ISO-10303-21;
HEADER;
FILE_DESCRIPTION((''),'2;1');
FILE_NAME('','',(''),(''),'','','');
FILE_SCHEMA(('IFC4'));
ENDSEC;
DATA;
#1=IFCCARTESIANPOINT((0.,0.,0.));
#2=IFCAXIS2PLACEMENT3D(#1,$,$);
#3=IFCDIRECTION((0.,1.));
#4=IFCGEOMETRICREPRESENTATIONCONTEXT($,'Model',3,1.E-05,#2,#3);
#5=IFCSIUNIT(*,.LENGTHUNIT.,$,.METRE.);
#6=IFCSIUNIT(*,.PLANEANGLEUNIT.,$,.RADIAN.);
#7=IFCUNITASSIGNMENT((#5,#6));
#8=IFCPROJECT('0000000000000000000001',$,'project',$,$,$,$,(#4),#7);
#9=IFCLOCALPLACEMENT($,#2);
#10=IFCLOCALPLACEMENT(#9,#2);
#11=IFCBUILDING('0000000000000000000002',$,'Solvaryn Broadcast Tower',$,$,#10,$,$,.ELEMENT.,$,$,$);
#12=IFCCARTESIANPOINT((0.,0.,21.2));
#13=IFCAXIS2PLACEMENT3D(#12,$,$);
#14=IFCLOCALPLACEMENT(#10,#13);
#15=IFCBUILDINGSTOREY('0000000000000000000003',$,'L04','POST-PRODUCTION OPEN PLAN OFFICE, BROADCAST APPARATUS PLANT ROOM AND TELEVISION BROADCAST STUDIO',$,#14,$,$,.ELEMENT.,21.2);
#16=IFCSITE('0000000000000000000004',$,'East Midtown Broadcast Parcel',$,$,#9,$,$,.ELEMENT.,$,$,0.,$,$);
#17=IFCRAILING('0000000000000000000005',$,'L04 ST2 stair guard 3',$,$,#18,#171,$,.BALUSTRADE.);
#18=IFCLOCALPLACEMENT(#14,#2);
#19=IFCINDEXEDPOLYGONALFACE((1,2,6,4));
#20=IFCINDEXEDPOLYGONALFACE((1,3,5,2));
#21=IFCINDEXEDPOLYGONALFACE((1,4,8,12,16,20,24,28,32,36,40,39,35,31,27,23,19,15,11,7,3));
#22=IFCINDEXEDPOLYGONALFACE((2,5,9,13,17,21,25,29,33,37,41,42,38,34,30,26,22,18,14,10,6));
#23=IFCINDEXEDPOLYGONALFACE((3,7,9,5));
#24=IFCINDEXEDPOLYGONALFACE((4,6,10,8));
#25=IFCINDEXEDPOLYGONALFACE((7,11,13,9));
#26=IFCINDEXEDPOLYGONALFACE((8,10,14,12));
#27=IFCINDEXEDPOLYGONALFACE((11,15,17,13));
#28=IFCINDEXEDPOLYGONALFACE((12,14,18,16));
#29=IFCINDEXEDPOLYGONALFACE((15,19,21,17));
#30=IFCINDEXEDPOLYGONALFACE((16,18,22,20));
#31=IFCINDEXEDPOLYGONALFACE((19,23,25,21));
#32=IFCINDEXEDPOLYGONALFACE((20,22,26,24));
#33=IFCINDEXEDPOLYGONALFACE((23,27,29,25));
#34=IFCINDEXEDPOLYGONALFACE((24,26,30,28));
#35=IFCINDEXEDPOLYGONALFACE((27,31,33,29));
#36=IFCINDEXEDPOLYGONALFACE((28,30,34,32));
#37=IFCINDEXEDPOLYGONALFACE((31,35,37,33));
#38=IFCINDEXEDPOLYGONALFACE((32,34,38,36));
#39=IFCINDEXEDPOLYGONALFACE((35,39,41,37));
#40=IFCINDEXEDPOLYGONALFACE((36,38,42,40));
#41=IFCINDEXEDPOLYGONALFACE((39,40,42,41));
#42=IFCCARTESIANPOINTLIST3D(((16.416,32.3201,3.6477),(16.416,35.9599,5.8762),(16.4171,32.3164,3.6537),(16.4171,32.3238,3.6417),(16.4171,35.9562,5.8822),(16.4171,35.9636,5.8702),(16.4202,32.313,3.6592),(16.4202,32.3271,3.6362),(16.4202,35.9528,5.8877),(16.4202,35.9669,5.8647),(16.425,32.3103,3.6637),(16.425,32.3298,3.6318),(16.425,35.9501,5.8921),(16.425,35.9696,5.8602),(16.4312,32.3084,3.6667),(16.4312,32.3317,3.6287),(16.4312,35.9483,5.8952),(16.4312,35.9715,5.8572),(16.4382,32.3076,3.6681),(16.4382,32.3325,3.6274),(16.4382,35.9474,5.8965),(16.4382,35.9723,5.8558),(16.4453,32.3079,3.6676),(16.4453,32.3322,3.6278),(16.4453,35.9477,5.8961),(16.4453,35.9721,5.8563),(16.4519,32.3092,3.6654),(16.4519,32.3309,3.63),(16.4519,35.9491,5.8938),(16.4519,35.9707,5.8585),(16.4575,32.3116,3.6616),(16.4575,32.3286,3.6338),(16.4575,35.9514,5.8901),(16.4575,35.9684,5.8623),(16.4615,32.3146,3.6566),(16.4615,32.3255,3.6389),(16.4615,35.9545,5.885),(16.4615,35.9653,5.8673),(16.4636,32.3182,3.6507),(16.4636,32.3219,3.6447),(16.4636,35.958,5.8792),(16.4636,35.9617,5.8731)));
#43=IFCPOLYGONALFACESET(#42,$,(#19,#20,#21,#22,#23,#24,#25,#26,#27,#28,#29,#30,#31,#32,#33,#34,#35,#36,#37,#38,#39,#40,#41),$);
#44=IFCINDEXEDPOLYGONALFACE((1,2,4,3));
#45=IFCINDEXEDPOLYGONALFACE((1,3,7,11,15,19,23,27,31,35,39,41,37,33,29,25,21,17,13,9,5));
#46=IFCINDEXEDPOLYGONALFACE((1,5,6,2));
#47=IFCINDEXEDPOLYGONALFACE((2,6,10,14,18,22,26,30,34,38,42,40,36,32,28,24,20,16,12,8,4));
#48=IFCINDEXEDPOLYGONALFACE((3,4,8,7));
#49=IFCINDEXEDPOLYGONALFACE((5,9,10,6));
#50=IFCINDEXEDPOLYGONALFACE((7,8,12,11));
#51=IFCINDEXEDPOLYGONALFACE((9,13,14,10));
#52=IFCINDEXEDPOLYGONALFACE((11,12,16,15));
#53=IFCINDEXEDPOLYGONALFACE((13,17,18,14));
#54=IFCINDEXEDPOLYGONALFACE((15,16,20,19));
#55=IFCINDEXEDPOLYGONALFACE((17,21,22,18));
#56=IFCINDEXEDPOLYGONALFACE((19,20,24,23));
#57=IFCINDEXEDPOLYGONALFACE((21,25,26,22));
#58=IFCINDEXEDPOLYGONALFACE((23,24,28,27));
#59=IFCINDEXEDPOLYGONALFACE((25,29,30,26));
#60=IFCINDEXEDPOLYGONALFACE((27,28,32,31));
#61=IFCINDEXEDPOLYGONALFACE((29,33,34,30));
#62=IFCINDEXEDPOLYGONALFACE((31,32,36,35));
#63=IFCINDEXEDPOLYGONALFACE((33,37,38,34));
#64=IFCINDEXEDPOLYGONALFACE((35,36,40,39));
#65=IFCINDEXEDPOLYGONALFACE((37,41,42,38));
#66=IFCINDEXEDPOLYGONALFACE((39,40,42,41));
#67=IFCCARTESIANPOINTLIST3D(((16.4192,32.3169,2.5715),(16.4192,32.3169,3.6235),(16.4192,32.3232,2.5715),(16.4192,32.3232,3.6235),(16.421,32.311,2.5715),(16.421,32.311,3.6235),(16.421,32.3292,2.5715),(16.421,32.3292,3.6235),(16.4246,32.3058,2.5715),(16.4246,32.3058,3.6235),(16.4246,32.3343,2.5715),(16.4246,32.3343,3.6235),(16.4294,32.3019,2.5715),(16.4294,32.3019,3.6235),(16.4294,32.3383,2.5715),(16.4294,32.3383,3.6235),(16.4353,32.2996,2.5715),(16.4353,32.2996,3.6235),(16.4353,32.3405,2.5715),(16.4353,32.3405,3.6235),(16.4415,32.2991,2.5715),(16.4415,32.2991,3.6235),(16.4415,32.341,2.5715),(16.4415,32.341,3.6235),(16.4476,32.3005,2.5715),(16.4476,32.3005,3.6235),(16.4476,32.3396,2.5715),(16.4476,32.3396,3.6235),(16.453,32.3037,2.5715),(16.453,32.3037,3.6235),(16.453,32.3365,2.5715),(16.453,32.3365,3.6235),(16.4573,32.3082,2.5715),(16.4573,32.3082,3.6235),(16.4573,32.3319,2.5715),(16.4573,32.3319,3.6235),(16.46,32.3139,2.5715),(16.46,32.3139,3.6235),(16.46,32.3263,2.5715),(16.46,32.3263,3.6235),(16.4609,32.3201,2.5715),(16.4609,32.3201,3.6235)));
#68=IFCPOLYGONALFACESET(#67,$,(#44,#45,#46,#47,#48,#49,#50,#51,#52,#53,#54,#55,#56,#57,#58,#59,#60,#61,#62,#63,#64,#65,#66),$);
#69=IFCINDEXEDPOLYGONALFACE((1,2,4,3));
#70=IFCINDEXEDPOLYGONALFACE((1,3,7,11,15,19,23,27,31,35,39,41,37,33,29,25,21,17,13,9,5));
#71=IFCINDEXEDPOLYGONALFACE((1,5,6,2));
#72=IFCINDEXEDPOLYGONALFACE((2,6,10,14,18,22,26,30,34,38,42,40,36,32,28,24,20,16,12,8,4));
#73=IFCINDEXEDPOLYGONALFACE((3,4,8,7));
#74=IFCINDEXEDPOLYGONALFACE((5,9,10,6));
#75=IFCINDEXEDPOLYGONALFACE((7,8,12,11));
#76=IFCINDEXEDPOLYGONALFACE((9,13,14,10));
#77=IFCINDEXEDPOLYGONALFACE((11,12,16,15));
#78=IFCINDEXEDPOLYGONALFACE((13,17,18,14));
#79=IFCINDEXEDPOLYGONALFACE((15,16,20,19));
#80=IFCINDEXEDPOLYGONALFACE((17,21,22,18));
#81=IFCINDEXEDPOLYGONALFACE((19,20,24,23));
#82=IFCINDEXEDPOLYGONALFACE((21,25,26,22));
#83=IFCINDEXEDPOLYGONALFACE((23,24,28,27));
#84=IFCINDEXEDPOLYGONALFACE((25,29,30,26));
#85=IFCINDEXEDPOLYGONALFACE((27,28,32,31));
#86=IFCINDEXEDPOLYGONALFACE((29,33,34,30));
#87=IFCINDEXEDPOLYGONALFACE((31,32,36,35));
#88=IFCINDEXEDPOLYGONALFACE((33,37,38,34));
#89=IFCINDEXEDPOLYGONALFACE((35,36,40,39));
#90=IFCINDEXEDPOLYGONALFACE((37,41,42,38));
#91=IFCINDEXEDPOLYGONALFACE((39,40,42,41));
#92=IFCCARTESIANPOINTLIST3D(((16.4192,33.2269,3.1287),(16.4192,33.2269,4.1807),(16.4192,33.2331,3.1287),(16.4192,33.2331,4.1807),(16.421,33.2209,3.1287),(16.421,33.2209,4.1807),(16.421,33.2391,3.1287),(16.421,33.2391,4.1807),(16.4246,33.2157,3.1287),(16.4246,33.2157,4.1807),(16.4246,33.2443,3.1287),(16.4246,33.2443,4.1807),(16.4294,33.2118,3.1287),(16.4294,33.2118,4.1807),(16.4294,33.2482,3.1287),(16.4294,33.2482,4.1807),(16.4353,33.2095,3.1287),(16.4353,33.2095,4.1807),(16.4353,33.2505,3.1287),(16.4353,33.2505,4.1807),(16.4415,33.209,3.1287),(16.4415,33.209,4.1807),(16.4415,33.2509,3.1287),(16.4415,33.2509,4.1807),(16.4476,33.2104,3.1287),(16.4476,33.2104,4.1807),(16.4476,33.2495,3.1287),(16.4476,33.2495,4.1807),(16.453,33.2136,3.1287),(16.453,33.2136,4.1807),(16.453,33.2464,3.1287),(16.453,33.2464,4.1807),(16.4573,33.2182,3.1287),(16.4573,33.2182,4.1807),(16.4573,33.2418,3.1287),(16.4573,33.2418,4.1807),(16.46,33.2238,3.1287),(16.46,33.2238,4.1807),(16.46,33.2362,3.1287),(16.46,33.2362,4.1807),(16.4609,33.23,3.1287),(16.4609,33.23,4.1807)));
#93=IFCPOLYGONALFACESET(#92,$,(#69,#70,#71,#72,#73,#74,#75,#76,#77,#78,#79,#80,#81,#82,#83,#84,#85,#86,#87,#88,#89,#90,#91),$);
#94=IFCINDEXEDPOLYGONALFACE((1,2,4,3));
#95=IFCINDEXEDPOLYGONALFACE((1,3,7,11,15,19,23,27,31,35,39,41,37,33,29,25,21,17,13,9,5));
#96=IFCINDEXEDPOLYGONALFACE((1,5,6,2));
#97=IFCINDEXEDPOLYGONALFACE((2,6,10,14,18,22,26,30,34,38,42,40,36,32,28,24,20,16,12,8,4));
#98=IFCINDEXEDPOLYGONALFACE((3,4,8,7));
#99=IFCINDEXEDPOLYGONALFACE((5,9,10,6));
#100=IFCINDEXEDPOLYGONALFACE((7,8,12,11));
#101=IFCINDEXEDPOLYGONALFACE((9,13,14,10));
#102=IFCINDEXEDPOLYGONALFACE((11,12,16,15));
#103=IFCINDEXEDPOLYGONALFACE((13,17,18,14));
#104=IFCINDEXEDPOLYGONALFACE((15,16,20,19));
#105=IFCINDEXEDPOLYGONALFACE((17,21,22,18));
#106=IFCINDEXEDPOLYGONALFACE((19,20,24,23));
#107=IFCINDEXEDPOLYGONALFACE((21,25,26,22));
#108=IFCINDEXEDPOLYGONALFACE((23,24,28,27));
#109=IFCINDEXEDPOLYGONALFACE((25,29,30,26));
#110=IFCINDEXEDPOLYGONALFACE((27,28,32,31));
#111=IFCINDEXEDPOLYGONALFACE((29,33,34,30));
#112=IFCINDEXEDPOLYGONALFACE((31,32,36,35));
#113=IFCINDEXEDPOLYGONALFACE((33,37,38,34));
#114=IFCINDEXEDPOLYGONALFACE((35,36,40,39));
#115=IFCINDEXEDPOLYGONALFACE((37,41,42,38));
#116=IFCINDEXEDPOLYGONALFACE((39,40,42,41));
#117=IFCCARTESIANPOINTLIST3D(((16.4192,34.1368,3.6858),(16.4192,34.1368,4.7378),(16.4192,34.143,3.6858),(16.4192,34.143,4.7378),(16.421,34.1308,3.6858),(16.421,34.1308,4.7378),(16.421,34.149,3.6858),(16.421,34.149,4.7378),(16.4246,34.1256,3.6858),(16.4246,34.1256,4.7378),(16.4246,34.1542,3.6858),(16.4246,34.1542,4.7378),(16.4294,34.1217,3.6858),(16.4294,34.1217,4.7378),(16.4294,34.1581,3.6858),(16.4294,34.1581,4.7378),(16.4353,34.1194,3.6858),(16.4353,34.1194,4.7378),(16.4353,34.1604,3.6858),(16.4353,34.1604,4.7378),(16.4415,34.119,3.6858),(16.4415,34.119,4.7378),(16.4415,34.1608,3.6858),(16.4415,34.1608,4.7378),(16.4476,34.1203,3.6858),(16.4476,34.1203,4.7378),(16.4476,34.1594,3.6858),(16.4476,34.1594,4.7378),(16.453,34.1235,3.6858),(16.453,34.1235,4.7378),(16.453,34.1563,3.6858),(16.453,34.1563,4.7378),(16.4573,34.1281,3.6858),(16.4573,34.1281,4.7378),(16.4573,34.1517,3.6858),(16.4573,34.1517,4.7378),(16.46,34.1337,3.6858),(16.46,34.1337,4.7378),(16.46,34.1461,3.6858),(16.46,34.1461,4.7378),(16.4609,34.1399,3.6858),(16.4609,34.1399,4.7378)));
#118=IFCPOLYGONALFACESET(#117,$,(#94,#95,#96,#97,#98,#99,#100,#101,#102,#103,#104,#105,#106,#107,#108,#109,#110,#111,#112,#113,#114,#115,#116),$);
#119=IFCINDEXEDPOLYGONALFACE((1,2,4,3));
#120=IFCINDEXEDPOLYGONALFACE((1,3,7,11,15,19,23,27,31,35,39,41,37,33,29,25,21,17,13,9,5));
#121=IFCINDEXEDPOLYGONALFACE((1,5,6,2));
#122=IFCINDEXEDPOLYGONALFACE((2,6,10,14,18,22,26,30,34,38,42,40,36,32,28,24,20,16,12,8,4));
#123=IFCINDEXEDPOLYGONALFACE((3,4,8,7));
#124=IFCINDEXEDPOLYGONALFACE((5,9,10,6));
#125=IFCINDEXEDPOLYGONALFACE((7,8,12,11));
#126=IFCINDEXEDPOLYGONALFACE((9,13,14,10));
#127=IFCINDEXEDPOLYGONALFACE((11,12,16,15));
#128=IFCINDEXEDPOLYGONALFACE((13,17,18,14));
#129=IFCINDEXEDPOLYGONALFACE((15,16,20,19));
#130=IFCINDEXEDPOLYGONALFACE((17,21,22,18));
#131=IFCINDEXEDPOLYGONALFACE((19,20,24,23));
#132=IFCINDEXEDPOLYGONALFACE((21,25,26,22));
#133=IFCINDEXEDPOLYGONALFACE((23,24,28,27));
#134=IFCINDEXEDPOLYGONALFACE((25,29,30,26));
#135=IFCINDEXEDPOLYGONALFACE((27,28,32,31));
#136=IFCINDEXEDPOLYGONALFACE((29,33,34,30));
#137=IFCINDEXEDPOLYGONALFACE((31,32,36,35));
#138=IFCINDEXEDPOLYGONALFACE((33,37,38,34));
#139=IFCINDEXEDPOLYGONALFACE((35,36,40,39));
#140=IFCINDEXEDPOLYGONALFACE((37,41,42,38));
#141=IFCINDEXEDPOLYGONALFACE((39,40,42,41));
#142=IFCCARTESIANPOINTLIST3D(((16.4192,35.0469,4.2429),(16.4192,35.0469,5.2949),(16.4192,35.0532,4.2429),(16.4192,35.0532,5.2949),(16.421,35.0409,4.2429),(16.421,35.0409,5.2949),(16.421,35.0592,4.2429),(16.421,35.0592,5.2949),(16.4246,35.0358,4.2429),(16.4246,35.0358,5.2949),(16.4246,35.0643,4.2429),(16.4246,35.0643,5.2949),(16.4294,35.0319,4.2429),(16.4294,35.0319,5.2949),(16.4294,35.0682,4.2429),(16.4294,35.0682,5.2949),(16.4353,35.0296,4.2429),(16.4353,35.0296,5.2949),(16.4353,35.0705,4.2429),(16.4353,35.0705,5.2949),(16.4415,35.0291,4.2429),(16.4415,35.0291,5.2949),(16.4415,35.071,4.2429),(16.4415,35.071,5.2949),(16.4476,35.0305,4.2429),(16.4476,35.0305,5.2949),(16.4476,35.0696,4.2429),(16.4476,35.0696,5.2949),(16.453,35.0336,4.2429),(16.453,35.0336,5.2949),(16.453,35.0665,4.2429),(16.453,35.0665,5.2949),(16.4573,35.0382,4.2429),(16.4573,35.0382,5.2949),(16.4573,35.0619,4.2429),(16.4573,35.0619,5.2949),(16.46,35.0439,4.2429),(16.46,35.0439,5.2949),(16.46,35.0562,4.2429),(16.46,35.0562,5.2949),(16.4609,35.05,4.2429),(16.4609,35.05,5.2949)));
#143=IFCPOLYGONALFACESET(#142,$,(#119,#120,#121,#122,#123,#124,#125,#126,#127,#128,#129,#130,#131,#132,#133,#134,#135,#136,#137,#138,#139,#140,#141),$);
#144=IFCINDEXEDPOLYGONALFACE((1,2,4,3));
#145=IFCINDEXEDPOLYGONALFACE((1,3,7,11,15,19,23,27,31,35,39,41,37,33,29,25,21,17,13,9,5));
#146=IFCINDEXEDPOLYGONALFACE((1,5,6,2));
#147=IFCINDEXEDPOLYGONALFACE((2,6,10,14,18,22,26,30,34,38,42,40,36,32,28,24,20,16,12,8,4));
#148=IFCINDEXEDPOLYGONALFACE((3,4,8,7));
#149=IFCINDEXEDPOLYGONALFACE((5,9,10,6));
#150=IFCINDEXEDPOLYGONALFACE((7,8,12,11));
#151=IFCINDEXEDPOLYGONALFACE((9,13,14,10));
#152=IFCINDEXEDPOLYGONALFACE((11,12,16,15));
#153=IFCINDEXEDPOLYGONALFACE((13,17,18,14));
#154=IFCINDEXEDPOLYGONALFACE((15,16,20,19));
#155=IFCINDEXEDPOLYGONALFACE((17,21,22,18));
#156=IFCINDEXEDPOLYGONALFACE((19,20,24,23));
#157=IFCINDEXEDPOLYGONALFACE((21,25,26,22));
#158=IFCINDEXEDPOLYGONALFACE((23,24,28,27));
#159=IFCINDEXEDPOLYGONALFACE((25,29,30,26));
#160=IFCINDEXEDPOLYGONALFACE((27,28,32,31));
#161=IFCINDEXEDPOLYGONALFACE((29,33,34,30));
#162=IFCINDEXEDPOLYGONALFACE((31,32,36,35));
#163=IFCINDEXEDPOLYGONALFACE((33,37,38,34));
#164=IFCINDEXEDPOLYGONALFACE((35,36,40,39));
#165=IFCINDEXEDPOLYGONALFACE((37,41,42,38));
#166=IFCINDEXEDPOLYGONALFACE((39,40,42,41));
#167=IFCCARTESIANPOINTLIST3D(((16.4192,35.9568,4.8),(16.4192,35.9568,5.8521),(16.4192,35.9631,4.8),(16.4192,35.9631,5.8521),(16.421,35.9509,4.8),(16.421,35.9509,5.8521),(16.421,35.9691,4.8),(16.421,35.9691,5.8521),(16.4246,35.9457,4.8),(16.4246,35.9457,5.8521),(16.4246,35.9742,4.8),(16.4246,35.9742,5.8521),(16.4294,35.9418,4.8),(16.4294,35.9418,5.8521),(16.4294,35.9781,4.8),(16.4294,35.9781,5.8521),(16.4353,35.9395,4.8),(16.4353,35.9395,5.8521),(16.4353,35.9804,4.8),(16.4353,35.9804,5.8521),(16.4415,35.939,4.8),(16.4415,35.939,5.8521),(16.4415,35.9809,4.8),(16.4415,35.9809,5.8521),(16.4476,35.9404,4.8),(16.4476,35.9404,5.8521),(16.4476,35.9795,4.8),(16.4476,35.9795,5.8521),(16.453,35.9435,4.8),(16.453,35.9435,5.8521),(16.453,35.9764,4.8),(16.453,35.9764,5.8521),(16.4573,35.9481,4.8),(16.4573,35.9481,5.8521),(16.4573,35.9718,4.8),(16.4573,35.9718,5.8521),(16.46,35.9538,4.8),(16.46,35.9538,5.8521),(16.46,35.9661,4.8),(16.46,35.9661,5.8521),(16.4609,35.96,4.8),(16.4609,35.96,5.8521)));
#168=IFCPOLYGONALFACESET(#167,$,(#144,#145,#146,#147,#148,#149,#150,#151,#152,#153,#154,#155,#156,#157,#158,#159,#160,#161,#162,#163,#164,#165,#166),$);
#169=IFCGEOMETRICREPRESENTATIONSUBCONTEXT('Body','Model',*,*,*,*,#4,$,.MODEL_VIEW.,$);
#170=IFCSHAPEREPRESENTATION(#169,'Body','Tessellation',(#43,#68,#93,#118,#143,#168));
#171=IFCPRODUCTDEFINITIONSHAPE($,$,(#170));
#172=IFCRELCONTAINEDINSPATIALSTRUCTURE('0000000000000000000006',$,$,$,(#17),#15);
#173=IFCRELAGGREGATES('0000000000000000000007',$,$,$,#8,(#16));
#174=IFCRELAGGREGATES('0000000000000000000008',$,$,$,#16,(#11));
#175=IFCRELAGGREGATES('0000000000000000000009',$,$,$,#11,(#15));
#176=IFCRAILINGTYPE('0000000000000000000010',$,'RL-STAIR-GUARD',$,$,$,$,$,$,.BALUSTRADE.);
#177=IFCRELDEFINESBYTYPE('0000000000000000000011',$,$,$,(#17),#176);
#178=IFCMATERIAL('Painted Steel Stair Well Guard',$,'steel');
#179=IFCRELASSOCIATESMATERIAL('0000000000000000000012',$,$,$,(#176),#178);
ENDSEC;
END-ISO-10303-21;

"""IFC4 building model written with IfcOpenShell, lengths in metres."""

from ifc_helpers import new_model, si_unit, direction, frame, origin, origin_2d, place, context, subcontext, project, spatial, circle, extrude, material, type_object, element, save


model = new_model("IFC4")

# Units and contexts
model_context = context("Model", 3, precision=1e-05, world=origin(), true_north=direction((0.0, 1.0)))
body_context = subcontext(model_context, "Body", "Model", "MODEL_VIEW")
ifc_project = project(units=[si_unit("LENGTHUNIT", "METRE"), si_unit("PLANEANGLEUNIT", "RADIAN")], contexts=[model_context])

# Site, building, storey
site_placement = place(None, origin())
site = spatial("IfcSite", under=ifc_project, at=site_placement, Name="East Midtown Broadcast Parcel", CompositionType="ELEMENT", RefElevation=0.0)
building_placement = place(site_placement, origin())
building = spatial("IfcBuilding", under=site, at=building_placement, Name="Solvaryn Broadcast Tower", CompositionType="ELEMENT")
storey_placement = place(building_placement, frame((0.0, 0.0, 21.2)))
storey = spatial("IfcBuildingStorey", under=building, at=storey_placement, Name="L04", Description="POST-PRODUCTION OPEN PLAN OFFICE, BROADCAST APPARATUS PLANT ROOM AND TELEVISION BROADCAST STUDIO", CompositionType="ELEMENT", Elevation=21.2)

# Railing
ifc_material_1 = material(Name="Painted Steel Stair Well Guard", Category="steel")
railing_type_1 = type_object("IfcRailingType", Name="RL-STAIR-GUARD", PredefinedType="BALUSTRADE", material=ifc_material_1)
railing_1_placement = place(storey_placement, frame((16.4399, 32.3201, 2.5715)))
element("IfcRailing", 1, at=railing_1_placement, inside=storey, type_object=railing_type_1, Name="L04 ST2 stair guard 3", PredefinedType="BALUSTRADE", context=body_context, shape_type="SweptSolid", body=[
    extrude(circle(Radius=0.0239, at=origin_2d()), frame((0.0, 0.0, 1.0762), z_axis=(0.0, 0.85285, 0.522156), x_axis=(-1.0, 0.0, 0.0)), (0.0, 0.0, 1.0), 4.2678),
    extrude(circle(Radius=0.021, at=origin_2d()), origin(), (0.0, 0.0, 1.0), 1.052),
    extrude(circle(Radius=0.021, at=origin_2d()), frame((0.0, 0.9099, 0.5571)), (0.0, 0.0, 1.0), 1.052),
    extrude(circle(Radius=0.021, at=origin_2d()), frame((0.0, 1.8198, 1.1143)), (0.0, 0.0, 1.0), 1.052),
    extrude(circle(Radius=0.021, at=origin_2d()), frame((0.0, 2.73, 1.6714)), (0.0, 0.0, 1.0), 1.052),
    extrude(circle(Radius=0.021, at=origin_2d()), frame((0.0, 3.6399, 2.2285)), (0.0, 0.0, 1.0), 1.052),
])

save(model, "model.ifc")
